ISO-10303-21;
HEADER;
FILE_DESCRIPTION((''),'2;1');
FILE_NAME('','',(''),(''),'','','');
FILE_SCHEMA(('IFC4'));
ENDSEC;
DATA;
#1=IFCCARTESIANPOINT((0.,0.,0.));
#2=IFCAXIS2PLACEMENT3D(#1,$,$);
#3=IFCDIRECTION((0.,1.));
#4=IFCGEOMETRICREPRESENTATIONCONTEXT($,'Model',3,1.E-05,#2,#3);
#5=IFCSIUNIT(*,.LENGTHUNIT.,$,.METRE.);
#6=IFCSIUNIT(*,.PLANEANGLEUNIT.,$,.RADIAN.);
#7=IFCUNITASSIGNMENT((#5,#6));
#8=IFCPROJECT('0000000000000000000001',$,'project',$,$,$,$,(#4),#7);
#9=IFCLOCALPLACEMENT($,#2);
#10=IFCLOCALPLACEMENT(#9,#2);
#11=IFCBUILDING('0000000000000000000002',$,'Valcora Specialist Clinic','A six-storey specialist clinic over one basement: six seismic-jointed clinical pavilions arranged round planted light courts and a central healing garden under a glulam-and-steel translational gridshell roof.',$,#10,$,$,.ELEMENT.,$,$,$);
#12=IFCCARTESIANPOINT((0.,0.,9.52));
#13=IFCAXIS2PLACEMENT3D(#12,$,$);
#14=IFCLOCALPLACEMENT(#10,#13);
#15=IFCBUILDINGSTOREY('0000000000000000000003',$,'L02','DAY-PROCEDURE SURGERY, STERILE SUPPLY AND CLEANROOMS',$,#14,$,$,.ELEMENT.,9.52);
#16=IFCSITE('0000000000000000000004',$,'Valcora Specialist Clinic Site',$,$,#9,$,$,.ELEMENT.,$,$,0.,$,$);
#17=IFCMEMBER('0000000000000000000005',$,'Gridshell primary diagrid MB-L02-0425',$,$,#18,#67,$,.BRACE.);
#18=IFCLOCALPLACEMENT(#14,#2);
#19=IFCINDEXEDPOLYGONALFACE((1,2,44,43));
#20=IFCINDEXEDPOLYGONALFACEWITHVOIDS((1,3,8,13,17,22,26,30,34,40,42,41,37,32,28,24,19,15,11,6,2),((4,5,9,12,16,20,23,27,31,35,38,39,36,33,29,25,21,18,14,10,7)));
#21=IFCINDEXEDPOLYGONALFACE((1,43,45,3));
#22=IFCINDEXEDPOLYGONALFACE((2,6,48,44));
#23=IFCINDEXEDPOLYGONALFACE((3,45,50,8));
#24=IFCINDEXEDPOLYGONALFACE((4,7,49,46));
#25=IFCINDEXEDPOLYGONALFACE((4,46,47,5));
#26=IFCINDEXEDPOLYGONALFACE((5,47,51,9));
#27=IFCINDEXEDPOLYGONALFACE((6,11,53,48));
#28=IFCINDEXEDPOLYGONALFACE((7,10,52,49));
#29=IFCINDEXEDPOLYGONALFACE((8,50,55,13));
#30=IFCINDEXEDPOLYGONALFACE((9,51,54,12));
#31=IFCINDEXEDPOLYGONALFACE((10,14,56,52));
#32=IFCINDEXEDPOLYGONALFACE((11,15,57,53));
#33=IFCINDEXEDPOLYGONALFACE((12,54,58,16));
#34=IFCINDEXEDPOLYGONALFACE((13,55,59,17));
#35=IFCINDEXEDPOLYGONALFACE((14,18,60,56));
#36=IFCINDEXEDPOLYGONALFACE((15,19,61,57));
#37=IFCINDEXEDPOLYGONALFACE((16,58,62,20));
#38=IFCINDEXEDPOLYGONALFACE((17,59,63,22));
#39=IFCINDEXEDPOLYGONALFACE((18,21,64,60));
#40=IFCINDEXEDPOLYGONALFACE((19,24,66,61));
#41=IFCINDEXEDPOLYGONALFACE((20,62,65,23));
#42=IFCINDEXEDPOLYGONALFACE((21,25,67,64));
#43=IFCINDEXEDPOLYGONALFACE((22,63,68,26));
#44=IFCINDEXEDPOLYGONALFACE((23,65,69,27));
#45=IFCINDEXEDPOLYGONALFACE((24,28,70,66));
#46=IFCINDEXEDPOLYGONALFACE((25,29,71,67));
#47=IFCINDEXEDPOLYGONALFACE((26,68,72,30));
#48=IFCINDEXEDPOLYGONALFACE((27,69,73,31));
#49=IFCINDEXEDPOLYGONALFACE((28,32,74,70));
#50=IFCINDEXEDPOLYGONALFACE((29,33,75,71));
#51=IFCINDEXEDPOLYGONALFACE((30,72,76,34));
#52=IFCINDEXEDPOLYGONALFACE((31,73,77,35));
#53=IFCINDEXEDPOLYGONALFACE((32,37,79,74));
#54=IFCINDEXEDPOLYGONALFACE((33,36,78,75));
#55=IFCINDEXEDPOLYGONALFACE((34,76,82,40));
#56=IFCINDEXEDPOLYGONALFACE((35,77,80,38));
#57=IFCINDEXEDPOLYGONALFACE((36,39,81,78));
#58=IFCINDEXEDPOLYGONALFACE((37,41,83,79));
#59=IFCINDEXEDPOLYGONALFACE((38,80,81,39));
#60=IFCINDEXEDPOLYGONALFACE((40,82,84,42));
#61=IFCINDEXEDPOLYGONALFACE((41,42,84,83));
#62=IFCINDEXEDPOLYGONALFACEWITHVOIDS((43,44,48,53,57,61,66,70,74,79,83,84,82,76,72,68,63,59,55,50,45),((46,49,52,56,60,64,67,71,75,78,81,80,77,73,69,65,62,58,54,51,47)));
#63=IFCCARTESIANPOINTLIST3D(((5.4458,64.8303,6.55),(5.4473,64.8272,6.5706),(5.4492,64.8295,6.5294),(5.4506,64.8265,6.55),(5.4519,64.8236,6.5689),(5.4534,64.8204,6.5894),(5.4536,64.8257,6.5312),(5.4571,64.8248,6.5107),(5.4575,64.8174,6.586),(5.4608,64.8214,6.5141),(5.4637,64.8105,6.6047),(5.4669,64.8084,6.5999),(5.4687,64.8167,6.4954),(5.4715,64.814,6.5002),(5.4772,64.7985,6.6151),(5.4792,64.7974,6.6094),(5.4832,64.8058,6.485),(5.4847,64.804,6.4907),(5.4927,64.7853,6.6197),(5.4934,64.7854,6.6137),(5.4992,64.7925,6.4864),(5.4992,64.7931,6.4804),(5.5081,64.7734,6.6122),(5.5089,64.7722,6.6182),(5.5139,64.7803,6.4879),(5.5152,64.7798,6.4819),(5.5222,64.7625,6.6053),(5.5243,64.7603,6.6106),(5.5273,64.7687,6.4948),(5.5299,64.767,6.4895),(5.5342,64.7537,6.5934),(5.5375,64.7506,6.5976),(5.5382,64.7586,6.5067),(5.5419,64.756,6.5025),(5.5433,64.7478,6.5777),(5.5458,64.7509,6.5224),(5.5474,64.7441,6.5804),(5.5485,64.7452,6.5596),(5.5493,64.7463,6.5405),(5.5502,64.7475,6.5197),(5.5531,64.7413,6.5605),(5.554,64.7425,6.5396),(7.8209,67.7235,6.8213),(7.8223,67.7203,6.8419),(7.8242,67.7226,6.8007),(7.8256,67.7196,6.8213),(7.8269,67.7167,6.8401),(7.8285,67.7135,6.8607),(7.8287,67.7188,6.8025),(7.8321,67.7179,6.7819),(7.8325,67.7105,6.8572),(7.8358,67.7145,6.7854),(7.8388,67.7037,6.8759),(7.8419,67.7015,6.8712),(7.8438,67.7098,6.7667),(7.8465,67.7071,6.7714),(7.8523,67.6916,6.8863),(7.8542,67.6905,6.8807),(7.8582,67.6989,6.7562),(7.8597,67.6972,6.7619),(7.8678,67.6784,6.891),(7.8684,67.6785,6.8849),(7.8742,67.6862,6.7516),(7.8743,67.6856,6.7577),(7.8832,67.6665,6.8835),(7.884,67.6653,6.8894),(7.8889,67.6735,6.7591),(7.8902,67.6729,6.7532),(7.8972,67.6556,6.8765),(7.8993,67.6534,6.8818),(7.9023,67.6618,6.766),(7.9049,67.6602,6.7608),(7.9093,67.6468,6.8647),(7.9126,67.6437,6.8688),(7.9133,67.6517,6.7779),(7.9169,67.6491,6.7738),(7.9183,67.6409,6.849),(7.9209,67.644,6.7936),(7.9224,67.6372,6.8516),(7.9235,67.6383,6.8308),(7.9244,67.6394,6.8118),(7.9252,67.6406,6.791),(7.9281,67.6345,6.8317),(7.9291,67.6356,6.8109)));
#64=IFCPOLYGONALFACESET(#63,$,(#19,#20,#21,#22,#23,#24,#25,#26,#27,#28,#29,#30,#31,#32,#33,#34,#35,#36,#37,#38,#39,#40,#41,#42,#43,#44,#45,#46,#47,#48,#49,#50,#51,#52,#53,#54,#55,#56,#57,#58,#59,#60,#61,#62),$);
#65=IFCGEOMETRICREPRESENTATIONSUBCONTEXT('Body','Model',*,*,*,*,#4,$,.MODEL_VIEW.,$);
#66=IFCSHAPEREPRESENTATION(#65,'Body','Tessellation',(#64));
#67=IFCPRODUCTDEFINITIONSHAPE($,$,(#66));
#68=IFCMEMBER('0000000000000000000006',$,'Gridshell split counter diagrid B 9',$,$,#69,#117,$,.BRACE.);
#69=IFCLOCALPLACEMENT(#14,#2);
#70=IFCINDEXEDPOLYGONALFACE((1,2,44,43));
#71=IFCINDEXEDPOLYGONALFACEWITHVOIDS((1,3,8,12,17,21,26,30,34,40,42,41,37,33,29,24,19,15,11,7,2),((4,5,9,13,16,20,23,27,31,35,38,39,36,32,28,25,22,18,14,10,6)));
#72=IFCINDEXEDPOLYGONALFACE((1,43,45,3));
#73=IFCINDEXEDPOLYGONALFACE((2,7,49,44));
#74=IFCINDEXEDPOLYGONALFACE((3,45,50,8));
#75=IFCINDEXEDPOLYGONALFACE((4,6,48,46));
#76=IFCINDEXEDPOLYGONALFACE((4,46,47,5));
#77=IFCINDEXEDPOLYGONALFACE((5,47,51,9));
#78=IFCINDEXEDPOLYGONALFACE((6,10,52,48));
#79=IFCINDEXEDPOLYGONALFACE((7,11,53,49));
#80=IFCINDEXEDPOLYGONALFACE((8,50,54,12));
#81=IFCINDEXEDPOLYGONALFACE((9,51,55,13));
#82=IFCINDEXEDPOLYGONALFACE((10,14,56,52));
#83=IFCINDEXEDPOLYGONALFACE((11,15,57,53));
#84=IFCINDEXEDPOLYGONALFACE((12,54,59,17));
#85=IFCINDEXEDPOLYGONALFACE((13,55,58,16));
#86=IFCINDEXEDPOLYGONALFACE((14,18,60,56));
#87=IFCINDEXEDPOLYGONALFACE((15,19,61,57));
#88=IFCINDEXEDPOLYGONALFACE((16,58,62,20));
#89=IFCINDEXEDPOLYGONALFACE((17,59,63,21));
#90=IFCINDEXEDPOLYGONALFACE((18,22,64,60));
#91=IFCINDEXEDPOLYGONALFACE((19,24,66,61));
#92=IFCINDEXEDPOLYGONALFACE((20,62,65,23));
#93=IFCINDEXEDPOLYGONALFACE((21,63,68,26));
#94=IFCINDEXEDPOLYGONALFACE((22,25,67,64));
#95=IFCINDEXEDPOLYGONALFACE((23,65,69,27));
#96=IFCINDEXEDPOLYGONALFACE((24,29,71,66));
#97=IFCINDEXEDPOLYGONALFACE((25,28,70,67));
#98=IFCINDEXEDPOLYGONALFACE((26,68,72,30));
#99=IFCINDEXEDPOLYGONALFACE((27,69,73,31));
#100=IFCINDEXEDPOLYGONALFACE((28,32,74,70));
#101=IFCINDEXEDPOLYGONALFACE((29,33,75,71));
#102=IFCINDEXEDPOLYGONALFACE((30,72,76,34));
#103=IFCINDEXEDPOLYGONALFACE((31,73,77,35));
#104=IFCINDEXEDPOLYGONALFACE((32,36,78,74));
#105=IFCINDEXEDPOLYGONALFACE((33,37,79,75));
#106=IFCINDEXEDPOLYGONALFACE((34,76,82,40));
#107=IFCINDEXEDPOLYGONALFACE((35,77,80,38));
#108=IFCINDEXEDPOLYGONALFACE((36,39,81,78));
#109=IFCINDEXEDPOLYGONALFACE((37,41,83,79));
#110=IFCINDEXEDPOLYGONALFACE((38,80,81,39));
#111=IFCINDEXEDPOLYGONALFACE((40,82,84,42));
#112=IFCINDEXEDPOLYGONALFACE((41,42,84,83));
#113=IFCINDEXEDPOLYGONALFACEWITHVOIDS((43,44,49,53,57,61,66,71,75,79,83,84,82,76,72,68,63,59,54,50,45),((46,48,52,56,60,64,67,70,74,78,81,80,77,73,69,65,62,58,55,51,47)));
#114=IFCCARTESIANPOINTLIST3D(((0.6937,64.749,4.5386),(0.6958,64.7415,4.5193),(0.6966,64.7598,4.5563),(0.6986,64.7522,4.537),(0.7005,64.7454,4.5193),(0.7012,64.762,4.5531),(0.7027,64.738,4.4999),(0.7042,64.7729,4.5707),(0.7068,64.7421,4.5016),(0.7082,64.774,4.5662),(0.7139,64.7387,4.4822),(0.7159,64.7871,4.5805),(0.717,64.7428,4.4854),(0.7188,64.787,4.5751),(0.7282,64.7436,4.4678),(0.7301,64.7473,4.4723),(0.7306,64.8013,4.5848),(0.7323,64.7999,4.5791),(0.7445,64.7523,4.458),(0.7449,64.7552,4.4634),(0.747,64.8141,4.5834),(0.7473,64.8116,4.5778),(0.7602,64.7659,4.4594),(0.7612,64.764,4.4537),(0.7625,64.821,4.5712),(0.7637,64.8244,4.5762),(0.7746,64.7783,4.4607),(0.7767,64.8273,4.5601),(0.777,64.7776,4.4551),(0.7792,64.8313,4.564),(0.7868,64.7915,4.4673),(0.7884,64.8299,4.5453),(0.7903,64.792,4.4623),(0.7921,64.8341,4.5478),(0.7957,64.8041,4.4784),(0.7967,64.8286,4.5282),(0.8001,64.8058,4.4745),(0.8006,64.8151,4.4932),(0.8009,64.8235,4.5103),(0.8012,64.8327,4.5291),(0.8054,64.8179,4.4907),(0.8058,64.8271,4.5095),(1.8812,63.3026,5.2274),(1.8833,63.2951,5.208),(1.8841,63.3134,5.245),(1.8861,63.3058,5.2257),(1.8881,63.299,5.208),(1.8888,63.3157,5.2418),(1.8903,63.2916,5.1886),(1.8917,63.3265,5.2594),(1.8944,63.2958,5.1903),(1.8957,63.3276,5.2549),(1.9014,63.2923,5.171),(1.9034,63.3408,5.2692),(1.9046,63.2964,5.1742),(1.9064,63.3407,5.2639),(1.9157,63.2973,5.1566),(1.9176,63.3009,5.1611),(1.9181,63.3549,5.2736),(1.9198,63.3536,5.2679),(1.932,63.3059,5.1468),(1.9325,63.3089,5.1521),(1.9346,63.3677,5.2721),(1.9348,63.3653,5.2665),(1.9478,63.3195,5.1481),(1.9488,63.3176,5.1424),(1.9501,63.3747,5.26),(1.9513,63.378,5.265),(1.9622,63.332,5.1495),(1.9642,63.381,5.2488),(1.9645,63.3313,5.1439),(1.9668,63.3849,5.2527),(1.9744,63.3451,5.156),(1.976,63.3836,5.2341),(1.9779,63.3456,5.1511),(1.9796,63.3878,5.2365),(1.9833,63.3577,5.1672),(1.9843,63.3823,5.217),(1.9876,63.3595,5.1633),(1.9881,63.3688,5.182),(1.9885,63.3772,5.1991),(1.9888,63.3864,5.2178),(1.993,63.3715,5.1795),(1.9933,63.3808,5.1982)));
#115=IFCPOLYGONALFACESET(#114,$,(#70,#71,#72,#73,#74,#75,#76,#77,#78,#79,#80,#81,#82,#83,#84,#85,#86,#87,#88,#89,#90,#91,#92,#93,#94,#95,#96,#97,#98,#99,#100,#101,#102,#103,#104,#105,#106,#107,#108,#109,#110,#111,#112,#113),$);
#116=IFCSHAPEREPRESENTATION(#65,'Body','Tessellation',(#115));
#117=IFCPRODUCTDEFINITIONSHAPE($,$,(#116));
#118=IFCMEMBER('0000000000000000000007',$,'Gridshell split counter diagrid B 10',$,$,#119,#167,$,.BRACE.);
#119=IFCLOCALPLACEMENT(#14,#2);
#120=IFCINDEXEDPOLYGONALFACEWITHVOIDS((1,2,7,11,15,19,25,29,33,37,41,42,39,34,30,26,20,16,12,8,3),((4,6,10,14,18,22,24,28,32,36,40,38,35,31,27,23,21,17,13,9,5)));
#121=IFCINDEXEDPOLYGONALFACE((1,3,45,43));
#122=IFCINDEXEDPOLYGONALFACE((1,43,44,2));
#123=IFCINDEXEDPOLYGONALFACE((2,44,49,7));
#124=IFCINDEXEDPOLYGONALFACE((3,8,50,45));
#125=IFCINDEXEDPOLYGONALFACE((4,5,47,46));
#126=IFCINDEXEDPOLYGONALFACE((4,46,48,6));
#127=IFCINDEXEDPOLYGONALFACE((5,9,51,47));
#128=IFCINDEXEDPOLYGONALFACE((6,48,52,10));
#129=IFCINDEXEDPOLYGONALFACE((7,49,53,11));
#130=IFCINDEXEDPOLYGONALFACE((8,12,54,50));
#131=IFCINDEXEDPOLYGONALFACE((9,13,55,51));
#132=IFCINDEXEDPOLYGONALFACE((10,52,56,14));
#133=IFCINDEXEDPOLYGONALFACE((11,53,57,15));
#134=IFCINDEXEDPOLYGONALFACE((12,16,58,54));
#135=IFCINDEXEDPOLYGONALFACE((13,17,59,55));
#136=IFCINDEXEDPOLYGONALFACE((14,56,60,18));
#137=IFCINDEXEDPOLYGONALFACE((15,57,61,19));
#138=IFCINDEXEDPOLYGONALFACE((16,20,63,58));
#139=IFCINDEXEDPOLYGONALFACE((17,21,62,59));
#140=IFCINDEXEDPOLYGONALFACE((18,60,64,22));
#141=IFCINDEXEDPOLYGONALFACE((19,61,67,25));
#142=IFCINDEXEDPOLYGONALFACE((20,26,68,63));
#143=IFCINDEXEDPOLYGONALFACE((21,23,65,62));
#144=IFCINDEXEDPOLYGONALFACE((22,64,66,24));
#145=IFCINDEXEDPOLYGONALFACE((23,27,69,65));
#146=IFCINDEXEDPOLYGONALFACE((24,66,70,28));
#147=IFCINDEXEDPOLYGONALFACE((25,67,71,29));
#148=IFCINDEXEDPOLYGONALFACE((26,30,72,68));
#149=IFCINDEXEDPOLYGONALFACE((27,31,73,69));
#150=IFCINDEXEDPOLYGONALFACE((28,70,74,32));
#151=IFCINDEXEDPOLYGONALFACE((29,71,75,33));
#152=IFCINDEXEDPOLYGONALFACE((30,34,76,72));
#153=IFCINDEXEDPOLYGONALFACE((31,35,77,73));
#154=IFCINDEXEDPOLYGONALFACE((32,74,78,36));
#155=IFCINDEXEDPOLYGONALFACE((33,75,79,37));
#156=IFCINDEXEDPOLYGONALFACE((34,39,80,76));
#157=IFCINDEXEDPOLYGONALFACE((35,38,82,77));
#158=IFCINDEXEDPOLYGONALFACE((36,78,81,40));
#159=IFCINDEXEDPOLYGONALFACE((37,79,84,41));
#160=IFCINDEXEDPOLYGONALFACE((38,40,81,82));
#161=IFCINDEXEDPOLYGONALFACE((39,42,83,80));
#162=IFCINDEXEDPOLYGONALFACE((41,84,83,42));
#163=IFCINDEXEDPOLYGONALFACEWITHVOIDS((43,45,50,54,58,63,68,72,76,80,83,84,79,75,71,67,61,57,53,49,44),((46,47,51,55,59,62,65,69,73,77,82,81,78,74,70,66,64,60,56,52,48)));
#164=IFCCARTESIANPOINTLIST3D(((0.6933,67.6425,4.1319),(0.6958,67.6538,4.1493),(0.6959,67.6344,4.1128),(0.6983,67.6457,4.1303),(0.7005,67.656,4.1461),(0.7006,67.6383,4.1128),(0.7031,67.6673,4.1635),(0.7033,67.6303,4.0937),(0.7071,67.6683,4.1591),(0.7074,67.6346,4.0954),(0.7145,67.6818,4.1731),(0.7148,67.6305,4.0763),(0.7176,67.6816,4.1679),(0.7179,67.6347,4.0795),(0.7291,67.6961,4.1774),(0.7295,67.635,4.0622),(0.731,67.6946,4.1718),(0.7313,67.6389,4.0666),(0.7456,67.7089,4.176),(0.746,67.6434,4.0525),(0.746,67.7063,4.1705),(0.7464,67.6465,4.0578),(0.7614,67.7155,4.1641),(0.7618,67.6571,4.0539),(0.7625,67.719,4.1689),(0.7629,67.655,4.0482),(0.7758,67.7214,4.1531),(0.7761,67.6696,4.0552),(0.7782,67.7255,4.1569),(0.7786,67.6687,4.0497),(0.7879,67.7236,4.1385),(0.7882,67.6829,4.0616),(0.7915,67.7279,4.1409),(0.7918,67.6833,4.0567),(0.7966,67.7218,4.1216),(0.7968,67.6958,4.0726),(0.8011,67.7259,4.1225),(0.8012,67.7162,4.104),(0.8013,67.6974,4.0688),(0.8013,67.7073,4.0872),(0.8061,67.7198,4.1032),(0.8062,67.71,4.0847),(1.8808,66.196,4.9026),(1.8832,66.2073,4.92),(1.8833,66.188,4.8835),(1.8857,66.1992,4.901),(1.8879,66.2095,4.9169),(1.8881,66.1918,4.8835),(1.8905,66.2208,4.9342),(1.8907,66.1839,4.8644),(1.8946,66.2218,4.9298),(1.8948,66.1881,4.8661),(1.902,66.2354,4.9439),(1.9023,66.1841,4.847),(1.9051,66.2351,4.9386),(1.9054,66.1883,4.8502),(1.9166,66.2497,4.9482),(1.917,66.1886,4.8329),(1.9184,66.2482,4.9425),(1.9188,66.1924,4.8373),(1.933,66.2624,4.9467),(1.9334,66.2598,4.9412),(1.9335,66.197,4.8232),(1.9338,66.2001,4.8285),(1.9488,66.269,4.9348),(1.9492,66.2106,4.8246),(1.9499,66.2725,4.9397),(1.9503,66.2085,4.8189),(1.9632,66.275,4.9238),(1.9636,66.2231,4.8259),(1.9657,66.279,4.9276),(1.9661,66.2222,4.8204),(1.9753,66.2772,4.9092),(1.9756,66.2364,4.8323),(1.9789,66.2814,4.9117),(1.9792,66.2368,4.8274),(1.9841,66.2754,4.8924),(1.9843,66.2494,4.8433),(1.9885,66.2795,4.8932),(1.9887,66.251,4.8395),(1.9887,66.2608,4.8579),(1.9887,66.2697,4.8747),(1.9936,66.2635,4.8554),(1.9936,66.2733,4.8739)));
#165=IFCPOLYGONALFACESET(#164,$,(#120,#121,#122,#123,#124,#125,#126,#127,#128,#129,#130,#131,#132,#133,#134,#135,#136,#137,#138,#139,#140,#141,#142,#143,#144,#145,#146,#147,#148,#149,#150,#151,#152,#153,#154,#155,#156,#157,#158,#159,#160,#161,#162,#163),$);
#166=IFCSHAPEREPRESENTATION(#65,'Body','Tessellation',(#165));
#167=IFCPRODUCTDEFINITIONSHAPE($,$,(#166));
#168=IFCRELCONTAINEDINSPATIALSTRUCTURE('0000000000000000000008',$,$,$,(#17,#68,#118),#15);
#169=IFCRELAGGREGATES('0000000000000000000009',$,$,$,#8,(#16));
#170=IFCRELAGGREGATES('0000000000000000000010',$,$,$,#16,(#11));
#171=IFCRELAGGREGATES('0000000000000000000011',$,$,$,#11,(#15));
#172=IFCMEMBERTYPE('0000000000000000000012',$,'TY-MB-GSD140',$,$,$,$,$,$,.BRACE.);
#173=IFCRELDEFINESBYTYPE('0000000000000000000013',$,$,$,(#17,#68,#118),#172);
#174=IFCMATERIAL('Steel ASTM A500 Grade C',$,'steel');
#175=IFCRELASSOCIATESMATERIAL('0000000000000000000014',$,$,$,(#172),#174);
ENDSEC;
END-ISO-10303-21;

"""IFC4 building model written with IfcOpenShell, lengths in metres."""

from ifc_helpers import new_model, si_unit, direction, frame, origin, origin_2d, place, context, subcontext, project, spatial, hollow_circle, extrude, material, material_profile, profile_set, type_object, element, save


model = new_model("IFC4")

# Units and contexts
model_context = context("Model", 3, precision=1e-05, world=origin(), true_north=direction((0.0, 1.0)))
body_context = subcontext(model_context, "Body", "Model", "MODEL_VIEW")
ifc_project = project(units=[si_unit("LENGTHUNIT", "METRE"), si_unit("PLANEANGLEUNIT", "RADIAN")], contexts=[model_context])

# Site, building, storey
site_placement = place(None, origin())
site = spatial("IfcSite", under=ifc_project, at=site_placement, Name="Valcora Specialist Clinic Site", CompositionType="ELEMENT", RefElevation=0.0)
building_placement = place(site_placement, origin())
building = spatial("IfcBuilding", under=site, at=building_placement, Name="Valcora Specialist Clinic", Description="A six-storey specialist clinic over one basement: six seismic-jointed clinical pavilions arranged round planted light courts and a central healing garden under a glulam-and-steel translational gridshell roof.", CompositionType="ELEMENT")
storey_placement = place(building_placement, frame((0.0, 0.0, 9.52)))
storey = spatial("IfcBuildingStorey", under=building, at=storey_placement, Name="L02", Description="DAY-PROCEDURE SURGERY, STERILE SUPPLY AND CLEANROOMS", CompositionType="ELEMENT", Elevation=9.52)

# Members
ifc_material_1 = material(Name="Steel ASTM A500 Grade C", Category="steel")
ifc_material_profile_1 = material_profile(ifc_material_1, hollow_circle(Radius=0.0701, WallThickness=0.0061, at=origin_2d()), Name="ST-CHS-140X6")
ifc_profile_set_1 = profile_set([ifc_material_profile_1], Name="Steel ASTM A500 Grade C")
member_type_1 = type_object("IfcMemberType", Name="TY-MB-GSD140", PredefinedType="BRACE", material=ifc_profile_set_1)
member_1_placement = place(storey_placement, frame((5.5, 64.7859, 6.55), z_axis=(0.632849, 0.770894, 0.072275), x_axis=(-0.772916, 0.634508, 0.0)))
element("IfcMember", 1, at=member_1_placement, inside=storey, type_object=member_type_1, Name="Gridshell primary diagrid MB-L02-0425", PredefinedType="BRACE", context=body_context, shape_type="SweptSolid", body=[
    extrude(hollow_circle(Radius=0.0701, WallThickness=0.0061, at=origin_2d()), origin(), (0.0, 0.0, 1.0), 3.7529),
])
member_2_placement = place(storey_placement, frame((1.9375, 63.3396, 5.208), z_axis=(-0.595521, 0.725301, -0.345387), x_axis=(-0.772863, -0.634572, 0.0)))
element("IfcMember", 2, at=member_2_placement, inside=storey, type_object=member_type_1, Name="Gridshell split counter diagrid B 9", PredefinedType="BRACE", context=body_context, shape_type="SweptSolid", body=[
    extrude(hollow_circle(Radius=0.0701, WallThickness=0.0061, at=origin_2d()), origin(), (0.0, 0.0, 1.0), 1.9941),
])
member_3_placement = place(storey_placement, frame((1.9375, 66.2324, 4.8835), z_axis=(-0.586703, 0.714682, -0.380802), x_axis=(-0.772916, -0.634508, 0.0)))
element("IfcMember", 3, at=member_3_placement, inside=storey, type_object=member_type_1, Name="Gridshell split counter diagrid B 10", PredefinedType="BRACE", context=body_context, shape_type="SweptSolid", body=[
    extrude(hollow_circle(Radius=0.0701, WallThickness=0.0061, at=origin_2d()), origin(), (0.0, 0.0, 1.0), 2.0239),
])

save(model, "model.ifc")
